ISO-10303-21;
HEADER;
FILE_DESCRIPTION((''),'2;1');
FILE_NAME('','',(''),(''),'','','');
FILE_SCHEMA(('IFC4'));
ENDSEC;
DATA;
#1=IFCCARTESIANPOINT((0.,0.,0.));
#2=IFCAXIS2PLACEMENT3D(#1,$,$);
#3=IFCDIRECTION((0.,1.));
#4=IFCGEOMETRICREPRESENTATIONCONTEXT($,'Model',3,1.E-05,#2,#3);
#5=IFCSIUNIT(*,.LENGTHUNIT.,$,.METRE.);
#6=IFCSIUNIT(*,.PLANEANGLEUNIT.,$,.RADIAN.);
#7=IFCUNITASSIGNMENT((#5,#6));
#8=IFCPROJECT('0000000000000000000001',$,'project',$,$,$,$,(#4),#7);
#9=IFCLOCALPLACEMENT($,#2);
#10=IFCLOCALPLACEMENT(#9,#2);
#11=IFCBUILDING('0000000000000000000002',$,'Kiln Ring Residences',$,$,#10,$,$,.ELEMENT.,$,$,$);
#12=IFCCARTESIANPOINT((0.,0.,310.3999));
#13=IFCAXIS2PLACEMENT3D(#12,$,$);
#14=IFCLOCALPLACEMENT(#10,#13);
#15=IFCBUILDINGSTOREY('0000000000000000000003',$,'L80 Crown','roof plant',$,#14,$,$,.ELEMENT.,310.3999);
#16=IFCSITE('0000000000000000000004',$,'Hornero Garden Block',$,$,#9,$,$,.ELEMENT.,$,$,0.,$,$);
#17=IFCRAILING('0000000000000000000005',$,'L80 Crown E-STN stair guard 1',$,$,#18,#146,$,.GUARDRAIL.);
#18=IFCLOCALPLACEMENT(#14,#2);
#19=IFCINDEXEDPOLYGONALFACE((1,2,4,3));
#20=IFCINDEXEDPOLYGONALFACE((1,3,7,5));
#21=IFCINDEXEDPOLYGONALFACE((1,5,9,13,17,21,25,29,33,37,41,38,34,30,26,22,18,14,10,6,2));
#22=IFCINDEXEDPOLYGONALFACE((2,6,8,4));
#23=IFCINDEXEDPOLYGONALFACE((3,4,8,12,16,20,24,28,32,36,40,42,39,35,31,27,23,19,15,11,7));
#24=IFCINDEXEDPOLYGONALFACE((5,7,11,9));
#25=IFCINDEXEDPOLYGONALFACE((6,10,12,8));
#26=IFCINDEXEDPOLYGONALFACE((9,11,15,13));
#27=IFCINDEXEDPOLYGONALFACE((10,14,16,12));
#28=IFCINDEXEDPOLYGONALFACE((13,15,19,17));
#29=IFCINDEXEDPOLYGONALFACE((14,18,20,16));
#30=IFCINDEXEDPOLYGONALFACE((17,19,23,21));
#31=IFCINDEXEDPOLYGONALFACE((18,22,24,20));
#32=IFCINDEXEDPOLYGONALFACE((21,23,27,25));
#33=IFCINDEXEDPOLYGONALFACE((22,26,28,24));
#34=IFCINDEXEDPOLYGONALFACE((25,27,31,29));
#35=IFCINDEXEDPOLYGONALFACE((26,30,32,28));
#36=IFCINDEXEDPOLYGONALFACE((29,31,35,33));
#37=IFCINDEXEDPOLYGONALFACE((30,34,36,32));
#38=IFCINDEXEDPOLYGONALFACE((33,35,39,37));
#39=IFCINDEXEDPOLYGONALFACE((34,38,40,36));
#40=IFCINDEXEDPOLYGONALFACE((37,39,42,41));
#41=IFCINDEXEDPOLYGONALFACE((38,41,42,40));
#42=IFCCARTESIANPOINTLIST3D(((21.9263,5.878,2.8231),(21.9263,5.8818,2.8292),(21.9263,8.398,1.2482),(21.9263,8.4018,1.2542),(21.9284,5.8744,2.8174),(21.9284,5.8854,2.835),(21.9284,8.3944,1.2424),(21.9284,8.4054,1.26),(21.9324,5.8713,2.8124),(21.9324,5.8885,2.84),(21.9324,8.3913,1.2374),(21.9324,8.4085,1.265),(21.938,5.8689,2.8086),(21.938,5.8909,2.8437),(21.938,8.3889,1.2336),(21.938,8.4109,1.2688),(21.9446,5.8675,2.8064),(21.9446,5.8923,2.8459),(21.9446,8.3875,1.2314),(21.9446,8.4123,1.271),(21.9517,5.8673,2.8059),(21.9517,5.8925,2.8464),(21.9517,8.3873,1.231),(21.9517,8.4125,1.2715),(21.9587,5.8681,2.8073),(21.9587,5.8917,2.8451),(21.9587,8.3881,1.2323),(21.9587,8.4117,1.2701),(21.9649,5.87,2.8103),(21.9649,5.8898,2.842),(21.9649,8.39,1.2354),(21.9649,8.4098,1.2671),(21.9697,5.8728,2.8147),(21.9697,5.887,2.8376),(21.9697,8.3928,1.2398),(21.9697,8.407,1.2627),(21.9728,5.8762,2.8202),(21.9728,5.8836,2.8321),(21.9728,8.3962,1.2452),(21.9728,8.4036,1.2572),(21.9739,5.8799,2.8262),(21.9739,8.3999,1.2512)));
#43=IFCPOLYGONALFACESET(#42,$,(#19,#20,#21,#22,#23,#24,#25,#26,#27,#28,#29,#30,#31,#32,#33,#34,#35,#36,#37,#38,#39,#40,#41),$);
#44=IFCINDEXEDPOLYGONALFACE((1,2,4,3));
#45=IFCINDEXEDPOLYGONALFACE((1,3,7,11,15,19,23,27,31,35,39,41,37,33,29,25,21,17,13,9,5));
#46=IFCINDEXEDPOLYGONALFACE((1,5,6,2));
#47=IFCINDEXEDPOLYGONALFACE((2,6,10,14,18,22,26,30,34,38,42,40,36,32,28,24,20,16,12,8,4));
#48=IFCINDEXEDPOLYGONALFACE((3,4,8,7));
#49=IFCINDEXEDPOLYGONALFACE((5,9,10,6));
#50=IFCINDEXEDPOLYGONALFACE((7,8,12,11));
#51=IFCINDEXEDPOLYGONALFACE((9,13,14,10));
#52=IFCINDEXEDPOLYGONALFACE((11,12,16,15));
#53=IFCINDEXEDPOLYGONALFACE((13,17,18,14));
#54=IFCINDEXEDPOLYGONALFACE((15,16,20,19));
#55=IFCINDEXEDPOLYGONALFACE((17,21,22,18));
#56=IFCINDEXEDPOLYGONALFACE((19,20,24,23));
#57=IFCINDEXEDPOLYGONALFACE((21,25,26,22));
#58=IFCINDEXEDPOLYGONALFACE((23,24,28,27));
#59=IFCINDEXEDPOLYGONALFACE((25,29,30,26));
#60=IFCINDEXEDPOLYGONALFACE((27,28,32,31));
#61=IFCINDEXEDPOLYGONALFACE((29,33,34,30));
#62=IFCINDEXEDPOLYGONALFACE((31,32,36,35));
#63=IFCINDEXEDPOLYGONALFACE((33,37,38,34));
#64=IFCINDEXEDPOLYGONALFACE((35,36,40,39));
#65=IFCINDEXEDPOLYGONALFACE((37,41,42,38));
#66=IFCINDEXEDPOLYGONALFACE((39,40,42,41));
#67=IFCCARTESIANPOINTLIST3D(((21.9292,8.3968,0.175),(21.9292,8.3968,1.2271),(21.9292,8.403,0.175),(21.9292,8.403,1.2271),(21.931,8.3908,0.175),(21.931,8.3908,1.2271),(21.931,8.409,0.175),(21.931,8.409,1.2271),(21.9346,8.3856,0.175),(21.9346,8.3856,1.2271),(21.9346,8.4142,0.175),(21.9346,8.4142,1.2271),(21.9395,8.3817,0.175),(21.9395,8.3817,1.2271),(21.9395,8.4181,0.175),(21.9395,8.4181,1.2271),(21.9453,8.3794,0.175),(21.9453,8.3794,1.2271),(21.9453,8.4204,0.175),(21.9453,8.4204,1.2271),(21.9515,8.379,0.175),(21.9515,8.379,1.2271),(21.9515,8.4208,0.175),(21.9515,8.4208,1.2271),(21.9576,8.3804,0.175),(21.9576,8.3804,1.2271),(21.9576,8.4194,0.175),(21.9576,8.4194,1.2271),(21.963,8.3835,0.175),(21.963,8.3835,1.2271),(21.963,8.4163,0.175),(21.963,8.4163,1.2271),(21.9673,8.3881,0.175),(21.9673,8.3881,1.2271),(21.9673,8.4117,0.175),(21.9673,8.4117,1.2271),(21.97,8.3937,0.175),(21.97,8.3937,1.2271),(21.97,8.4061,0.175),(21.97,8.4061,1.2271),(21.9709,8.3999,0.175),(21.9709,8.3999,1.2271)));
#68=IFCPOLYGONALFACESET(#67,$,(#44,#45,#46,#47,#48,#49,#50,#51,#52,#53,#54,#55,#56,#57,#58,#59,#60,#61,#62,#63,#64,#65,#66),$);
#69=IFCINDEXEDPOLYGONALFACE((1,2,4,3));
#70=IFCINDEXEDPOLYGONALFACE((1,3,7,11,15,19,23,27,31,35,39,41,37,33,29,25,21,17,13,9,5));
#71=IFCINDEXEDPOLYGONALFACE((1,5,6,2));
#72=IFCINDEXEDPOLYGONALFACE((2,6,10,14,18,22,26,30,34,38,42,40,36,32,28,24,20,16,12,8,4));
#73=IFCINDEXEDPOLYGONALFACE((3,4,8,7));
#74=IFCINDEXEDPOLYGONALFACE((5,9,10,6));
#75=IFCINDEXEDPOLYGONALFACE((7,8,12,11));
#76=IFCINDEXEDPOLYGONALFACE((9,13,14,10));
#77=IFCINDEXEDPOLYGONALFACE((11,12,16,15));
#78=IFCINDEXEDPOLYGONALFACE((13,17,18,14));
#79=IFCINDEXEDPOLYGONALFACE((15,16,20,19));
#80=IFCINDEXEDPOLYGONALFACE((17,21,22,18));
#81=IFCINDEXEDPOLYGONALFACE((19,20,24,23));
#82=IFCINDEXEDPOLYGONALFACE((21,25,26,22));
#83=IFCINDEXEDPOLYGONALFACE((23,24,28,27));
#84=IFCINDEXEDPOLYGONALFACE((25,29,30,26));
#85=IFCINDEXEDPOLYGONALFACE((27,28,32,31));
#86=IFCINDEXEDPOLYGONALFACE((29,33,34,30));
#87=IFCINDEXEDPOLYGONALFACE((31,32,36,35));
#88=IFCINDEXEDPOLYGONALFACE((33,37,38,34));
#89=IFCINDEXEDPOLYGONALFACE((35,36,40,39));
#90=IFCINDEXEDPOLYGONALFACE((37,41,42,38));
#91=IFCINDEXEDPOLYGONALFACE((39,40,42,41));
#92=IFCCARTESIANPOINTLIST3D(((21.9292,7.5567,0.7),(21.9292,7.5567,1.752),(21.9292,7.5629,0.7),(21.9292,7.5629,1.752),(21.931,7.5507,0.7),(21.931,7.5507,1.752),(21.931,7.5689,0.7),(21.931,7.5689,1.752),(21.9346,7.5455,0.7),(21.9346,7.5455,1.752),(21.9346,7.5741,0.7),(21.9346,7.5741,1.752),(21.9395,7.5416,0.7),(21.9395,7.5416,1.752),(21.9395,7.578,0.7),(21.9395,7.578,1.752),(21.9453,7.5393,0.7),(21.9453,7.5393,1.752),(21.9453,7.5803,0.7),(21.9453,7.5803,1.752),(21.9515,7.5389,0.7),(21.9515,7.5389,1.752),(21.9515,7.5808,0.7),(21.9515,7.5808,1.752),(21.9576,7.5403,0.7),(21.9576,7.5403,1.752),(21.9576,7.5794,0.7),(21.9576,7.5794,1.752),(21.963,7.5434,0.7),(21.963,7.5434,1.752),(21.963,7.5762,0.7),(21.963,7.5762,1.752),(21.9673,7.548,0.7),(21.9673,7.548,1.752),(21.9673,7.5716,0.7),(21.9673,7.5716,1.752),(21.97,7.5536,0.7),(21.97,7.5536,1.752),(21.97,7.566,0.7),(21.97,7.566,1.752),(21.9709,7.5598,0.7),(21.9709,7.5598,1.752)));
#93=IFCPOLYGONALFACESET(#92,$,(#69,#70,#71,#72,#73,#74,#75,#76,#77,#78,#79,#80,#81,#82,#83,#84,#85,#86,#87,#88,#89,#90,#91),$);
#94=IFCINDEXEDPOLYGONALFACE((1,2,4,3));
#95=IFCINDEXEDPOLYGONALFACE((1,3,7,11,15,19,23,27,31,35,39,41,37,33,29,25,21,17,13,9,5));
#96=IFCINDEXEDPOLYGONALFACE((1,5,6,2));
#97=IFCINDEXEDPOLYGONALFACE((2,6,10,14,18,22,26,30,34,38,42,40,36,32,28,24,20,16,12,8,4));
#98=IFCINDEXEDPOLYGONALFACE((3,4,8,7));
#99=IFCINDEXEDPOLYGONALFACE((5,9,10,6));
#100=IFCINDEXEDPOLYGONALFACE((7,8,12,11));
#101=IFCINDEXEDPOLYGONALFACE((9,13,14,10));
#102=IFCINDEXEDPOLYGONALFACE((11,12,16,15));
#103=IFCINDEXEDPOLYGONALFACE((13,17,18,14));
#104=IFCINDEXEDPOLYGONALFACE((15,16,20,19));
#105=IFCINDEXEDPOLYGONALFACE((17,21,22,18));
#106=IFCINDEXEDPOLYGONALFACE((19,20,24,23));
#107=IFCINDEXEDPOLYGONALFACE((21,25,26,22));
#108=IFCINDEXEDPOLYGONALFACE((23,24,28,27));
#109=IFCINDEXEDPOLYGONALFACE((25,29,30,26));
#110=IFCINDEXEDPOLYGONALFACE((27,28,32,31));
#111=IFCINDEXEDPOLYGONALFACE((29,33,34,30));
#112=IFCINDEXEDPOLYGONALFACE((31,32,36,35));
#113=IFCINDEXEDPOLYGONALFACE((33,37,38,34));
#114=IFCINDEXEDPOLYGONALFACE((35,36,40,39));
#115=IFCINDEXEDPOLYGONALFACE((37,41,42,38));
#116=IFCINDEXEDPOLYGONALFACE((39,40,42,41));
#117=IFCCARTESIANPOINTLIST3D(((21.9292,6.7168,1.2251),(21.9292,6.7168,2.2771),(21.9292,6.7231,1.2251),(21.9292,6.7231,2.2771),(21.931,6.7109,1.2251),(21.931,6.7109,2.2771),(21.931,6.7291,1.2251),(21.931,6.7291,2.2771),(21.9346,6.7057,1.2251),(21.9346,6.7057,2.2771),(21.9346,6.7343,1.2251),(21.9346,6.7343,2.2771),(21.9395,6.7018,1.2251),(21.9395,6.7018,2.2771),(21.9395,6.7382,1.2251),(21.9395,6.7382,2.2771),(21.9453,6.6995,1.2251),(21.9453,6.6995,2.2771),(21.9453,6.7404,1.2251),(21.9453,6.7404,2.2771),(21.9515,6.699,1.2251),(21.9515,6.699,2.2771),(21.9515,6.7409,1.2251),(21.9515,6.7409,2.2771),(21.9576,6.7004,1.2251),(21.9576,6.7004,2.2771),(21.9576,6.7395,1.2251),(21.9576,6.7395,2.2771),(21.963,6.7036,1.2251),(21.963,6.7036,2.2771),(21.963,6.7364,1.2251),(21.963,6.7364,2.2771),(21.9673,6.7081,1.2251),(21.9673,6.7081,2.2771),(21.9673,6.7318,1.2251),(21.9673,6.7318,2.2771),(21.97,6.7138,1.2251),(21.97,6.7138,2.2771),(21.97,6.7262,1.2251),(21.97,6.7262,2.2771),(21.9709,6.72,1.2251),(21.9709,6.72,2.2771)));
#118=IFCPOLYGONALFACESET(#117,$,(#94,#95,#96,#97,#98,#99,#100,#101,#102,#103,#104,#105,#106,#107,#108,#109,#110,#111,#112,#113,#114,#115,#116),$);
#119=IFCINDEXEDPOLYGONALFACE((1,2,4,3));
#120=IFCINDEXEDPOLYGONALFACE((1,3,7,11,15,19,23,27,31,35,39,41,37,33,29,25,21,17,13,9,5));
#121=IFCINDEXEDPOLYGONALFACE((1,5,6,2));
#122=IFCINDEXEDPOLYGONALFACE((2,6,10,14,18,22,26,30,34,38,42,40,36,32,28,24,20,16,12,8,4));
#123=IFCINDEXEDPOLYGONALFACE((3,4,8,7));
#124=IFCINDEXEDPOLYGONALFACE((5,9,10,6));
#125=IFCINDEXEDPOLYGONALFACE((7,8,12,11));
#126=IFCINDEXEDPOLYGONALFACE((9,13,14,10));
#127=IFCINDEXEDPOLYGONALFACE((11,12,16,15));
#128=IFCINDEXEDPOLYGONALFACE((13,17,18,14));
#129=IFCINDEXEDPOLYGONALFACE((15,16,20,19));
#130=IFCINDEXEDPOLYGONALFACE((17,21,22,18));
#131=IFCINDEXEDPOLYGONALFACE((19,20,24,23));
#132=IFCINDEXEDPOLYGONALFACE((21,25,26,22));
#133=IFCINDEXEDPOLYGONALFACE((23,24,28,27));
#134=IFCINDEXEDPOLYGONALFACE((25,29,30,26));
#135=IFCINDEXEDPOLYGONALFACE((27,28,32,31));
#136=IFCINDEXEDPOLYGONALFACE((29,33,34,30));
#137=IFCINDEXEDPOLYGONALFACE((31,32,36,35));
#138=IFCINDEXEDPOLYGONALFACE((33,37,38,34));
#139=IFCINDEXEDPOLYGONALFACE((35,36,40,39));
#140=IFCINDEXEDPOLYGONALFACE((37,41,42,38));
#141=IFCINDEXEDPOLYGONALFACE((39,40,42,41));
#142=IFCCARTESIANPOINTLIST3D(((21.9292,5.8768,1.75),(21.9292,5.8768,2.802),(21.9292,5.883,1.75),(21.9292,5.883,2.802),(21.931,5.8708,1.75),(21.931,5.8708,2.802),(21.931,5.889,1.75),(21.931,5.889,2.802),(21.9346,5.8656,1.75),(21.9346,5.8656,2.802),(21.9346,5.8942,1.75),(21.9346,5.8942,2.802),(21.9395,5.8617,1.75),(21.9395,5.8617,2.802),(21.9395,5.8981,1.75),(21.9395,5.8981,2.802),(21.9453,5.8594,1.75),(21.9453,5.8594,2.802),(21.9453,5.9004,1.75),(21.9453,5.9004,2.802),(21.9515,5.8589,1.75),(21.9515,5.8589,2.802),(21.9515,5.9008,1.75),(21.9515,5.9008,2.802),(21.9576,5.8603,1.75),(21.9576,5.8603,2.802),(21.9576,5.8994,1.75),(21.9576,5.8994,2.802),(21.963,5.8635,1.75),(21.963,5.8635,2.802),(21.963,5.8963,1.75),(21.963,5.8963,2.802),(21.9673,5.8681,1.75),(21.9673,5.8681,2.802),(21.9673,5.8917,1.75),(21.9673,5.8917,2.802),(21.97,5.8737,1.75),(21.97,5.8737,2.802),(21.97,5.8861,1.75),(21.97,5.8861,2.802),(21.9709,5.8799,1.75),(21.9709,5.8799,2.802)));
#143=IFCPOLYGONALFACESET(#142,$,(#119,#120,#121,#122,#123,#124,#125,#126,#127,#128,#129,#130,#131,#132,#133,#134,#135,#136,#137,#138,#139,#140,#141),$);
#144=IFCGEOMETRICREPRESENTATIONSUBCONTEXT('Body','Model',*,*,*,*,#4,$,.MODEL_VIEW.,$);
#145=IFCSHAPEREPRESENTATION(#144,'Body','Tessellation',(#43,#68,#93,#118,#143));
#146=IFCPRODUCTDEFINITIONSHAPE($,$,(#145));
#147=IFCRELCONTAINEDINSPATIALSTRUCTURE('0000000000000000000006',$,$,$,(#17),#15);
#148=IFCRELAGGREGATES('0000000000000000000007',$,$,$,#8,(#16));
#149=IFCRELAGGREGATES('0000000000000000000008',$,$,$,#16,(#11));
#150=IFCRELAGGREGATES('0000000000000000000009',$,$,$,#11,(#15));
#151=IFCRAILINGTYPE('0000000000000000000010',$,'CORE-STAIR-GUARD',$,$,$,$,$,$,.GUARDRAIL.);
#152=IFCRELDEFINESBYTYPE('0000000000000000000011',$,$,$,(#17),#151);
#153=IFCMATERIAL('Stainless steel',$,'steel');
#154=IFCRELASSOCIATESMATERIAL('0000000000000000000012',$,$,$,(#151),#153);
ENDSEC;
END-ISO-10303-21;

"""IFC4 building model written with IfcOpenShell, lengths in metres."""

from ifc_helpers import new_model, si_unit, direction, frame, origin, origin_2d, place, context, subcontext, project, spatial, circle, extrude, material, type_object, element, save


model = new_model("IFC4")

# Units and contexts
model_context = context("Model", 3, precision=1e-05, world=origin(), true_north=direction((0.0, 1.0)))
body_context = subcontext(model_context, "Body", "Model", "MODEL_VIEW")
ifc_project = project(units=[si_unit("LENGTHUNIT", "METRE"), si_unit("PLANEANGLEUNIT", "RADIAN")], contexts=[model_context])

# Site, building, storey
site_placement = place(None, origin())
site = spatial("IfcSite", under=ifc_project, at=site_placement, Name="Hornero Garden Block", CompositionType="ELEMENT", RefElevation=0.0)
building_placement = place(site_placement, origin())
building = spatial("IfcBuilding", under=site, at=building_placement, Name="Kiln Ring Residences", CompositionType="ELEMENT")
storey_placement = place(building_placement, frame((0.0, 0.0, 310.3999)))
storey = spatial("IfcBuildingStorey", under=building, at=storey_placement, Name="L80 Crown", Description="roof plant", CompositionType="ELEMENT", Elevation=310.3999)

# Railing
ifc_material_1 = material(Name="Stainless steel", Category="steel")
railing_type_1 = type_object("IfcRailingType", Name="CORE-STAIR-GUARD", PredefinedType="GUARDRAIL", material=ifc_material_1)
railing_1_placement = place(storey_placement, frame((21.95, 8.3999, 0.175)))
element("IfcRailing", 1, at=railing_1_placement, inside=storey, type_object=railing_type_1, Name="L80 Crown E-STN stair guard 1", PredefinedType="GUARDRAIL", context=body_context, shape_type="SweptSolid", body=[
    extrude(circle(Radius=0.0239, at=origin_2d()), frame((0.0, 0.0, 1.0762), z_axis=(0.0, -0.848008, 0.529984), x_axis=(1.0, 0.0, 0.0)), (0.0, 0.0, 1.0), 2.9717),
    extrude(circle(Radius=0.021, at=origin_2d()), origin(), (0.0, 0.0, 1.0), 1.052),
    extrude(circle(Radius=0.021, at=origin_2d()), frame((0.0, -0.8401, 0.5249)), (0.0, 0.0, 1.0), 1.052),
    extrude(circle(Radius=0.021, at=origin_2d()), frame((0.0, -1.6799, 1.05)), (0.0, 0.0, 1.0), 1.052),
    extrude(circle(Radius=0.021, at=origin_2d()), frame((0.0, -2.52, 1.575)), (0.0, 0.0, 1.0), 1.052),
])

save(model, "model.ifc")
